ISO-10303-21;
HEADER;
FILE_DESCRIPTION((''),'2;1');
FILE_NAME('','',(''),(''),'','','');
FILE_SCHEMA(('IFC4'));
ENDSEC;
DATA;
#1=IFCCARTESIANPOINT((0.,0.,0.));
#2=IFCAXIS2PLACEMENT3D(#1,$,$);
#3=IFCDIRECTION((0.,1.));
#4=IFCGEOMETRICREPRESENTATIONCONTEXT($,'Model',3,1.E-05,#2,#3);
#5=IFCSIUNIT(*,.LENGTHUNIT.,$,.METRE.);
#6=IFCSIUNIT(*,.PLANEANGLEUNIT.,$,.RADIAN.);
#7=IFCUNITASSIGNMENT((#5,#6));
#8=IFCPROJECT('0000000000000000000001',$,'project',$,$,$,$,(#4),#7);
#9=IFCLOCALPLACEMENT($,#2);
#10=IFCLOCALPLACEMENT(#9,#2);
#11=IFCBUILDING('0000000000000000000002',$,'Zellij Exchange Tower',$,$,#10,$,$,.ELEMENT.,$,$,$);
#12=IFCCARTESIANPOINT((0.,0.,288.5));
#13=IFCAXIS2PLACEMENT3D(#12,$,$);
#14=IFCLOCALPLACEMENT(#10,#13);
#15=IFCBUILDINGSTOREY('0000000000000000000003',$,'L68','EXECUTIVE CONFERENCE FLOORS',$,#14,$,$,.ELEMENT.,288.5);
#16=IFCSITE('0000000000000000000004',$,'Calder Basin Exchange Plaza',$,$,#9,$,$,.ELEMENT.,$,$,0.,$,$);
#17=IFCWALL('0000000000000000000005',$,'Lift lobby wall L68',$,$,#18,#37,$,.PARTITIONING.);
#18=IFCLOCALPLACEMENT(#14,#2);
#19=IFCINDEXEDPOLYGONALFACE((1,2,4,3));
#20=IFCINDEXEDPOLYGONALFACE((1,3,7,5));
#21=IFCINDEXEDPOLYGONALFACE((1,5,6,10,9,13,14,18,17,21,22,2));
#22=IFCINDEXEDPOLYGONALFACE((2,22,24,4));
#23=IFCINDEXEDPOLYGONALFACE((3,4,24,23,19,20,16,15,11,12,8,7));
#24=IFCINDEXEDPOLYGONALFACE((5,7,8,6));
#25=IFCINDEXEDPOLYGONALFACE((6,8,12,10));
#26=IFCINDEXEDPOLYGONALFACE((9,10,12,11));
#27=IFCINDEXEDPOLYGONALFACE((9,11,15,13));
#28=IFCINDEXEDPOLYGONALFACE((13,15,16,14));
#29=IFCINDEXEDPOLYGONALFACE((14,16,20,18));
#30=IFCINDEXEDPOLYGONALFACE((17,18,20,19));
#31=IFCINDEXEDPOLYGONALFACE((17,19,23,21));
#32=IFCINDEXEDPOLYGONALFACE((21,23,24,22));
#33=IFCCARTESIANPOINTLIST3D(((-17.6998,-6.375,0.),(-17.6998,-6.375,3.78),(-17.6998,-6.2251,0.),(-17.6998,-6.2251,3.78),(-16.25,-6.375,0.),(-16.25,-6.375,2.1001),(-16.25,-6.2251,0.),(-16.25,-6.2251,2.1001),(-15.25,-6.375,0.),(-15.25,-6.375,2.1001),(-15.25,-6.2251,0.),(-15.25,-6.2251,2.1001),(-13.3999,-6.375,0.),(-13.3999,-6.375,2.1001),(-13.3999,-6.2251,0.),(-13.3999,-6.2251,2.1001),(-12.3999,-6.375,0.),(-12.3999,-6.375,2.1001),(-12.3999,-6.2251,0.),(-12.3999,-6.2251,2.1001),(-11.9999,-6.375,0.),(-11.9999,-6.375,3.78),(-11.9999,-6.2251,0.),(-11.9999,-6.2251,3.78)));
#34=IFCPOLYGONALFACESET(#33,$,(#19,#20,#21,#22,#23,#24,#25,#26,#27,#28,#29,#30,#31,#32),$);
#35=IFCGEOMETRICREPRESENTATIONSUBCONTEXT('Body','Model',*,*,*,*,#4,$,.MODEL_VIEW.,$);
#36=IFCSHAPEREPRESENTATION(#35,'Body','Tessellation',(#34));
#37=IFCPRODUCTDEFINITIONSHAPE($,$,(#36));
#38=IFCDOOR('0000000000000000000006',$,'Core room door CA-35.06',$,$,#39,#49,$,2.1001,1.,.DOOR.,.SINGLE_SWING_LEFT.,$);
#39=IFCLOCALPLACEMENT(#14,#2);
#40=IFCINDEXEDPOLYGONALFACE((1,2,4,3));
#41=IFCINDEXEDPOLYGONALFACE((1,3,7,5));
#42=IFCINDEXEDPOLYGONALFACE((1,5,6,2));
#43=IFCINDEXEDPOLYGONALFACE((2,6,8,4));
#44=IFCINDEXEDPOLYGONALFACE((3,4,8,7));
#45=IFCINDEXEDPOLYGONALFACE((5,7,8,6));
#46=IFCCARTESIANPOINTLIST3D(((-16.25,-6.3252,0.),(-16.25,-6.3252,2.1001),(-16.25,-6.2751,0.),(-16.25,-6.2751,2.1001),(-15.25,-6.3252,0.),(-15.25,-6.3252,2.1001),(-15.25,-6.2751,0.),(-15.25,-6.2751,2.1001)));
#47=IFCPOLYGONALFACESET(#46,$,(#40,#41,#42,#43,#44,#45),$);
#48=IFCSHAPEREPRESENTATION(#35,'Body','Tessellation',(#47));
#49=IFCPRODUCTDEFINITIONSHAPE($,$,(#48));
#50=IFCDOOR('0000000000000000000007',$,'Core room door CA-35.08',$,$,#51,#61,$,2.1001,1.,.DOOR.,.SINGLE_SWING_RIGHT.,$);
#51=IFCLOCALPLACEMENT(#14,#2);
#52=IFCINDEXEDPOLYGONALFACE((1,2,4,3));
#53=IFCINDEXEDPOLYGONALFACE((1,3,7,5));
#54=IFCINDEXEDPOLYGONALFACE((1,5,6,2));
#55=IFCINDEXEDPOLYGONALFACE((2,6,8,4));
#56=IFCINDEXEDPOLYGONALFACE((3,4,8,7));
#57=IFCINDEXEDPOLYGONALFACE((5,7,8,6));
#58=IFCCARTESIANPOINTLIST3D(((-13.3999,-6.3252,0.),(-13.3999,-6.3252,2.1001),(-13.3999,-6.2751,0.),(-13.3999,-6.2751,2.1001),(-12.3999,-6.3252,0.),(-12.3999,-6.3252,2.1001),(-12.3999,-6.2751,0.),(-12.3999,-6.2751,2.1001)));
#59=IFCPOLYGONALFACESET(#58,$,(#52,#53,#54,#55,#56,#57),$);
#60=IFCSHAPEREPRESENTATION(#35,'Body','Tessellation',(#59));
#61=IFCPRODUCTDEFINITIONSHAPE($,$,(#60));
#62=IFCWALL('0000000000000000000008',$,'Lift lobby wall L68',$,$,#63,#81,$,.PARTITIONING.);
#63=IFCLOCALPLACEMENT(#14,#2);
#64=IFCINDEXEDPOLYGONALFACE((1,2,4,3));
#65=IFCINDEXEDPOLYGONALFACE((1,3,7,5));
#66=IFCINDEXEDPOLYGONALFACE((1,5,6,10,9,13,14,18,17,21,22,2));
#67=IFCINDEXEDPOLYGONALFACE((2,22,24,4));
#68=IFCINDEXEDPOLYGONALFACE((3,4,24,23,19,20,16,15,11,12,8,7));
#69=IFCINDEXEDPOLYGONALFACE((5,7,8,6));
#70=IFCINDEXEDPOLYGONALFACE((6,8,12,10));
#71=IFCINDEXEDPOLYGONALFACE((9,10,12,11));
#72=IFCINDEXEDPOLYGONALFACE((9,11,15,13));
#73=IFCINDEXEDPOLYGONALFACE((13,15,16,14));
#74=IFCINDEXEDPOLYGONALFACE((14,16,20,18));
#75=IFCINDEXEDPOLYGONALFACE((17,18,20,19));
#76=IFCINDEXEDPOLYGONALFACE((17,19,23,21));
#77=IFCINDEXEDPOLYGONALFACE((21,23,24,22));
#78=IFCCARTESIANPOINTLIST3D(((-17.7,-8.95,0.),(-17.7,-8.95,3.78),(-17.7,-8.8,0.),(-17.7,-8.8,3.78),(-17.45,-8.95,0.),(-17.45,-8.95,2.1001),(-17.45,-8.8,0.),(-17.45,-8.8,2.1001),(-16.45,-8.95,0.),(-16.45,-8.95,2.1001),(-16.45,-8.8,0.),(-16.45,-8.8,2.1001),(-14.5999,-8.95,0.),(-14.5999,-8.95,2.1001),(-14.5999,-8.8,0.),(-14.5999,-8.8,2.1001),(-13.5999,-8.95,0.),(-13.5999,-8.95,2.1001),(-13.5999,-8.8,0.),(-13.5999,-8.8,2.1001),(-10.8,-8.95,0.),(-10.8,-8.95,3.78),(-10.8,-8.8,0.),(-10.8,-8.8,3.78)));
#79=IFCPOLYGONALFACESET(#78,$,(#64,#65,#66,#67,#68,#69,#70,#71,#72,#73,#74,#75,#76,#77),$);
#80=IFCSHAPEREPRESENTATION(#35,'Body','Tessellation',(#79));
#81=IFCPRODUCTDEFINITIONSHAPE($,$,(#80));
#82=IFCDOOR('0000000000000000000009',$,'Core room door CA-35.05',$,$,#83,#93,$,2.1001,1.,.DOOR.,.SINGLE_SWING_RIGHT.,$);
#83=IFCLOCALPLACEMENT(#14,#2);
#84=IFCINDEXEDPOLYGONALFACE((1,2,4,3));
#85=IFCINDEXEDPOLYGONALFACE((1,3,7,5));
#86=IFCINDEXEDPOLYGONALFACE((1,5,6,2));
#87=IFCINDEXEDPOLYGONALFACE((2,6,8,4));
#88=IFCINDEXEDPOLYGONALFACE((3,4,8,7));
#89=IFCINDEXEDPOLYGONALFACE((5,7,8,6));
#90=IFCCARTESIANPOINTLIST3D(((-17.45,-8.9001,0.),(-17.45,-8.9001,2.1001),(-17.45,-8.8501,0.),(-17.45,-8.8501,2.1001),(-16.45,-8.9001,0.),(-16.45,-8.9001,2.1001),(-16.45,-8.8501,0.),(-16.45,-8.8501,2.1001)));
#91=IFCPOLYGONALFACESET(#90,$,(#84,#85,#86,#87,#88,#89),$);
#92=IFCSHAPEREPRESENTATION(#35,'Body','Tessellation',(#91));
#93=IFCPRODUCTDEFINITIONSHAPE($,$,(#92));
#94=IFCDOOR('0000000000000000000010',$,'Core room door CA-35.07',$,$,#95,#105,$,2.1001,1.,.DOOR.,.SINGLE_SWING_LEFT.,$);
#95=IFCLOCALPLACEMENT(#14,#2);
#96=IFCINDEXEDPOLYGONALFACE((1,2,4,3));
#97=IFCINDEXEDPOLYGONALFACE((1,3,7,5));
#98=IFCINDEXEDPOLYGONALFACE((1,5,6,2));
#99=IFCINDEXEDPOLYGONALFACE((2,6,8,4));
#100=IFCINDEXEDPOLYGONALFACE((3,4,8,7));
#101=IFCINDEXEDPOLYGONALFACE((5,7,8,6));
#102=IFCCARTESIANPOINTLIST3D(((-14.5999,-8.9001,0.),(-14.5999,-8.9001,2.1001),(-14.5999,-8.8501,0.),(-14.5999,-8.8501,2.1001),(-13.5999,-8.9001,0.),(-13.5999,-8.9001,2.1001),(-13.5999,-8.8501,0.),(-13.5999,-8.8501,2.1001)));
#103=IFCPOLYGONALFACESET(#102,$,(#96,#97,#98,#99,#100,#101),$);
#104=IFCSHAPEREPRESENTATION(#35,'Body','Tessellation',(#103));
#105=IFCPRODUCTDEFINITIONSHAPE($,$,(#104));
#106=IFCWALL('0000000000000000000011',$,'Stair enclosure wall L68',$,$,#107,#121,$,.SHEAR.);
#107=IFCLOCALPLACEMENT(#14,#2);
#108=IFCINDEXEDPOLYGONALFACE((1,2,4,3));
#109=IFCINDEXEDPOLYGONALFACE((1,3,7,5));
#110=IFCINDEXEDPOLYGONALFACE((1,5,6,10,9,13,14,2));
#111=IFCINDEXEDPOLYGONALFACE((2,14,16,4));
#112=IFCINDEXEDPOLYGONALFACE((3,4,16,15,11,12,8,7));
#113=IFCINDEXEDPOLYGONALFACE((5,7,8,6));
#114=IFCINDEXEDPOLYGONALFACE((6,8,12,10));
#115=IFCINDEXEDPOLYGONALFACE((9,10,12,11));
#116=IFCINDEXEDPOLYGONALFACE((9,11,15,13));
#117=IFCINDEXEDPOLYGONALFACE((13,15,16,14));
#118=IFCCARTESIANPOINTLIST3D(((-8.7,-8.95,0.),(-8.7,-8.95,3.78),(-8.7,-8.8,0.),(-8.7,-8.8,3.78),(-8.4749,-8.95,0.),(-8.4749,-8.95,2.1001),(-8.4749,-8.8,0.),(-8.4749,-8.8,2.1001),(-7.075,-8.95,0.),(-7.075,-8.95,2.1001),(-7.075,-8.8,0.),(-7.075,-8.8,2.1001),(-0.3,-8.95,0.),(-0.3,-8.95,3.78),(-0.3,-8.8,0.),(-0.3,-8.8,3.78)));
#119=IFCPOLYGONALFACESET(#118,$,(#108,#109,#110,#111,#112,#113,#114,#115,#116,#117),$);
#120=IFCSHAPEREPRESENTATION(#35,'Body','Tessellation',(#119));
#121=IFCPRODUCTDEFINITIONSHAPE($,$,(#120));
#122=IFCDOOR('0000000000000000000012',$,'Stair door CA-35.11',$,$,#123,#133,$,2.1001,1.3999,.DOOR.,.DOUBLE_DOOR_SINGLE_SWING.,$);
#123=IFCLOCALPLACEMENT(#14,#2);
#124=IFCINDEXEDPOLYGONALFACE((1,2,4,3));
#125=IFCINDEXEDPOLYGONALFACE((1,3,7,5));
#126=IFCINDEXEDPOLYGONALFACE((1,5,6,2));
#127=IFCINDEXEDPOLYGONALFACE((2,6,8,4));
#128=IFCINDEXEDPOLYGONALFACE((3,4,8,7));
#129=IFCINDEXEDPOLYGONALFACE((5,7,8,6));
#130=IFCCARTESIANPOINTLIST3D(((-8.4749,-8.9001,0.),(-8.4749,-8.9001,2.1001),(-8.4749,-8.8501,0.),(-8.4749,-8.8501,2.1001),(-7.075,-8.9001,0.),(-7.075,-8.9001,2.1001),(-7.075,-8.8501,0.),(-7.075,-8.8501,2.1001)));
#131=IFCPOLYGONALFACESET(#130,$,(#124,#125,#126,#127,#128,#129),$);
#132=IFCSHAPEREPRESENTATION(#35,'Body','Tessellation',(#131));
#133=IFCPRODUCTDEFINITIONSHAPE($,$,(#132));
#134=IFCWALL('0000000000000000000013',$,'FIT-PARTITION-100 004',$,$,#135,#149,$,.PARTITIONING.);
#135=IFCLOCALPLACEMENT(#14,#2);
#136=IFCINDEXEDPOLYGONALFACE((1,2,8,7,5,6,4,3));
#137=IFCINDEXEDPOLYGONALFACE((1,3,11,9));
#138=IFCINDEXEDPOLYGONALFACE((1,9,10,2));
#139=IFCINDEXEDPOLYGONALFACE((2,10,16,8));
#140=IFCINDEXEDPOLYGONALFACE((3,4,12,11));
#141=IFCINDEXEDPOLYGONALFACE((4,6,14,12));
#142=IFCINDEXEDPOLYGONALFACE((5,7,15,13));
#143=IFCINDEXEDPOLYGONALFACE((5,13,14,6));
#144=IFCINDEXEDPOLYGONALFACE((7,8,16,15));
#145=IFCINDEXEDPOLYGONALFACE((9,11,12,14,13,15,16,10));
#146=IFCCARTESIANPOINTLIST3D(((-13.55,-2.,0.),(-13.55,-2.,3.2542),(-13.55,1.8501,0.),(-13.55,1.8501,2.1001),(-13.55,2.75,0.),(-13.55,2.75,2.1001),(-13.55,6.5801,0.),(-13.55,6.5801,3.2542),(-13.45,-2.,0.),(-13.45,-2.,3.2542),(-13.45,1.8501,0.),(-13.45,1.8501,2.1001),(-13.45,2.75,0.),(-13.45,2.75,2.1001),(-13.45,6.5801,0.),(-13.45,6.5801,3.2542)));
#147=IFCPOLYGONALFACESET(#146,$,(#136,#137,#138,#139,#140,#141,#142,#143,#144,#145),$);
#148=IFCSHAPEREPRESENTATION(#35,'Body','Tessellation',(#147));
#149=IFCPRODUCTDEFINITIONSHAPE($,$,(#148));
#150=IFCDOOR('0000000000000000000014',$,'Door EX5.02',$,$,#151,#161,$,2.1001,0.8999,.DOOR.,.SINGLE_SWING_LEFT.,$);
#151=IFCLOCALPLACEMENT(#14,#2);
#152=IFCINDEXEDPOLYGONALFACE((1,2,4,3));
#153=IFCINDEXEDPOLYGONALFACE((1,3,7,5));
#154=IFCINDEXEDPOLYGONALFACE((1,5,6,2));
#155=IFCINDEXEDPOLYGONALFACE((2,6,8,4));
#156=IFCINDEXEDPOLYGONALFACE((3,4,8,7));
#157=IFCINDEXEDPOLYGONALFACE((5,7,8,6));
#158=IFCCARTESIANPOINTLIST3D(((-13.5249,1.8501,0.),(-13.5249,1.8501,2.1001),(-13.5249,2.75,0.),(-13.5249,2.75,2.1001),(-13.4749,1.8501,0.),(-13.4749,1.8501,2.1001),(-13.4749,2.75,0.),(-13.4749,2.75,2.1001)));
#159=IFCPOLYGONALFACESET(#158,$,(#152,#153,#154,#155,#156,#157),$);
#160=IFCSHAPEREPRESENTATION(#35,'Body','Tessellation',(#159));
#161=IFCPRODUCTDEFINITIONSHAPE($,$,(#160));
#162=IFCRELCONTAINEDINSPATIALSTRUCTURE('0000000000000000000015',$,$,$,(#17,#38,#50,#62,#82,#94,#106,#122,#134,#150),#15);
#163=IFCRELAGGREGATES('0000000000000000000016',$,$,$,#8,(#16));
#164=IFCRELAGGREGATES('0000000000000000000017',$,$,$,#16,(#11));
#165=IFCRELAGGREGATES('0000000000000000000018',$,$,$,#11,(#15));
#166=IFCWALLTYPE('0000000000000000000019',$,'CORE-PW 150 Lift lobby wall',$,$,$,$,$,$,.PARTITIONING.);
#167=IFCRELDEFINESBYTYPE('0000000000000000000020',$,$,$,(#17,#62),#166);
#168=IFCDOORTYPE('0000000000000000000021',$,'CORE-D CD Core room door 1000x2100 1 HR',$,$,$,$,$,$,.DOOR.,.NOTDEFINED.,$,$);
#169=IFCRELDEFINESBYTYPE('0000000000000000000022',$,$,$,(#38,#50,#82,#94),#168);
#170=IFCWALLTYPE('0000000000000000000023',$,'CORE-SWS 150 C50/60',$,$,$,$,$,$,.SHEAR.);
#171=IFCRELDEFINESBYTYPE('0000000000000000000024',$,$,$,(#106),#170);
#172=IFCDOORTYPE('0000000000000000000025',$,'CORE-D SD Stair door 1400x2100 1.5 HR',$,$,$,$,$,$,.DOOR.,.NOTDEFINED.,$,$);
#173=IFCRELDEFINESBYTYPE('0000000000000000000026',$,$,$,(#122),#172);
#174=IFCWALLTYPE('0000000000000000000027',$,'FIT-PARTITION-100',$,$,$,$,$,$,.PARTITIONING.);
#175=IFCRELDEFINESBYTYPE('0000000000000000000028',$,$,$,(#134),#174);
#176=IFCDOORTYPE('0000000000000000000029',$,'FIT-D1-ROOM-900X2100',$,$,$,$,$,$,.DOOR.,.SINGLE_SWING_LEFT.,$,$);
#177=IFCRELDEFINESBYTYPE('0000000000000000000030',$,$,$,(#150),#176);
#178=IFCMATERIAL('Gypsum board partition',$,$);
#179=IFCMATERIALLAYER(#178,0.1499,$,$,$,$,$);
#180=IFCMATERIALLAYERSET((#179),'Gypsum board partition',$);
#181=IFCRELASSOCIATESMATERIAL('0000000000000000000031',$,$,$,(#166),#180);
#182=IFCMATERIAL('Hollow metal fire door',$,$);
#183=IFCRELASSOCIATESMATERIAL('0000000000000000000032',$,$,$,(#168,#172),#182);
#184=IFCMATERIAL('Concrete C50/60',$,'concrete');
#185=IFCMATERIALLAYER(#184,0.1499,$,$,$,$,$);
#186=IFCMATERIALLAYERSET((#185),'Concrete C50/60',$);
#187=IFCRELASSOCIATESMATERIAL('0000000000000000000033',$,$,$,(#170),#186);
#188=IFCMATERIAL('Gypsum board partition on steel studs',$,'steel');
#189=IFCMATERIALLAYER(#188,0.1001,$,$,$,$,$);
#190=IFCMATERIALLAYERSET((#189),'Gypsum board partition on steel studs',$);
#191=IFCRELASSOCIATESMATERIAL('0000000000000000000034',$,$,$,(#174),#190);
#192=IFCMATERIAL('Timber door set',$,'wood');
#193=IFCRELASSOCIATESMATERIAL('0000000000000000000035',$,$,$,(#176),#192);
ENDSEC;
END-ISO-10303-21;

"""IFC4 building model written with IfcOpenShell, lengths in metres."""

from ifc_helpers import new_model, si_unit, direction, frame, frame_2d, origin, place, context, subcontext, project, spatial, rectangle, extrude, material, layer, layer_set, type_object, element, fill, save


model = new_model("IFC4")

# Units and contexts
model_context = context("Model", 3, precision=1e-05, world=origin(), true_north=direction((0.0, 1.0)))
body_context = subcontext(model_context, "Body", "Model", "MODEL_VIEW")
ifc_project = project(units=[si_unit("LENGTHUNIT", "METRE"), si_unit("PLANEANGLEUNIT", "RADIAN")], contexts=[model_context])

# Site, building, storey
site_placement = place(None, origin())
site = spatial("IfcSite", under=ifc_project, at=site_placement, Name="Calder Basin Exchange Plaza", CompositionType="ELEMENT", RefElevation=0.0)
building_placement = place(site_placement, origin())
building = spatial("IfcBuilding", under=site, at=building_placement, Name="Zellij Exchange Tower", CompositionType="ELEMENT")
storey_placement = place(building_placement, frame((0.0, 0.0, 288.5)))
storey = spatial("IfcBuildingStorey", under=building, at=storey_placement, Name="L68", Description="EXECUTIVE CONFERENCE FLOORS", CompositionType="ELEMENT", Elevation=288.5)

# Shared definitions
ifc_material_1 = material(Name="Concrete C50/60", Category="concrete")

# Shared definitions
ifc_material_2 = material(Name="Gypsum board partition")
ifc_layer_1 = layer(ifc_material_2, 0.1499)
ifc_layer_set_1 = layer_set([ifc_layer_1], Name="Gypsum board partition")
wall_type_1 = type_object("IfcWallType", Name="CORE-PW 150 Lift lobby wall", PredefinedType="PARTITIONING", material=ifc_layer_set_1)

# Shared definitions
ifc_material_3 = material(Name="Hollow metal fire door")

# Walls, openings, doors
wall_1_placement = place(storey_placement, frame((-17.7, -6.3, 0.0), z_axis=(0.0, 0.0, 1.0), x_axis=(1.0, 0.0, 0.0)))
wall_1 = element("IfcWall", 1, at=wall_1_placement, inside=storey, type_object=wall_type_1, Name="Lift lobby wall L68", PredefinedType="PARTITIONING", context=body_context, shape_type="SweptSolid", body=[
    extrude(rectangle(XDim=5.7, YDim=0.1499, at=frame_2d((2.8501, 0.0))), origin(), (0.0, 0.0, 1.0), 3.78),
])
opening_1_placement = place(wall_1_placement, frame((1.45, 0.0, 0.0)))
opening_1 = element("IfcOpeningElement", 2, at=opening_1_placement, cuts=wall_1, PredefinedType="OPENING", context=body_context, shape_type="SweptSolid", body=[
    extrude(rectangle(XDim=1.0, YDim=2.1001, at=frame_2d((0.5, 1.05))), frame((0.0, 0.0869, 0.0), z_axis=(0.0, -1.0, 0.0), x_axis=(1.0, 0.0, 0.0)), (0.0, 0.0, 1.0), 0.1738),
])
opening_2_placement = place(wall_1_placement, frame((4.3, 0.0, 0.0)))
opening_2 = element("IfcOpeningElement", 3, at=opening_2_placement, cuts=wall_1, PredefinedType="OPENING", context=body_context, shape_type="SweptSolid", body=[
    extrude(rectangle(XDim=1.0, YDim=2.1001, at=frame_2d((0.5, 1.05))), frame((0.0, 0.0869, 0.0), z_axis=(0.0, -1.0, 0.0), x_axis=(1.0, 0.0, 0.0)), (0.0, 0.0, 1.0), 0.1738),
])
door_type_1 = type_object("IfcDoorType", Name="CORE-D CD Core room door 1000x2100 1 HR", OperationType="NOTDEFINED", PredefinedType="DOOR", material=ifc_material_3)
door_1_placement = place(opening_1_placement, origin())
door_1 = element("IfcDoor", 4, at=door_1_placement, inside=storey, type_object=door_type_1, Name="Core room door CA-35.06", OperationType="SINGLE_SWING_LEFT", OverallHeight=2.1001, OverallWidth=1.0, PredefinedType="DOOR", context=body_context, shape_type="SweptSolid", body=[
    extrude(rectangle(XDim=1.0, YDim=2.1001, at=frame_2d((0.5, 1.05))), frame((0.0, 0.0249, 0.0), z_axis=(0.0, -1.0, 0.0), x_axis=(1.0, 0.0, 0.0)), (0.0, 0.0, 1.0), 0.05),
])
fill(opening_1, door_1)
door_2_placement = place(opening_2_placement, origin())
door_2 = element("IfcDoor", 5, at=door_2_placement, inside=storey, type_object=door_type_1, Name="Core room door CA-35.08", OperationType="SINGLE_SWING_RIGHT", OverallHeight=2.1001, OverallWidth=1.0, PredefinedType="DOOR", context=body_context, shape_type="SweptSolid", body=[
    extrude(rectangle(XDim=1.0, YDim=2.1001, at=frame_2d((0.5, 1.05))), frame((0.0, 0.0249, 0.0), z_axis=(0.0, -1.0, 0.0), x_axis=(1.0, 0.0, 0.0)), (0.0, 0.0, 1.0), 0.05),
])
fill(opening_2, door_2)
wall_2_placement = place(storey_placement, frame((-17.7, -8.875, 0.0), z_axis=(0.0, 0.0, 1.0), x_axis=(1.0, 0.0, 0.0)))
wall_2 = element("IfcWall", 6, at=wall_2_placement, inside=storey, type_object=wall_type_1, Name="Lift lobby wall L68", PredefinedType="PARTITIONING", context=body_context, shape_type="SweptSolid", body=[
    extrude(rectangle(XDim=6.8999, YDim=0.1499, at=frame_2d((3.45, 0.0))), origin(), (0.0, 0.0, 1.0), 3.78),
])
opening_3_placement = place(wall_2_placement, frame((0.25, 0.0, 0.0)))
opening_3 = element("IfcOpeningElement", 7, at=opening_3_placement, cuts=wall_2, PredefinedType="OPENING", context=body_context, shape_type="SweptSolid", body=[
    extrude(rectangle(XDim=1.0, YDim=2.1001, at=frame_2d((0.5, 1.05))), frame((0.0, 0.0869, 0.0), z_axis=(0.0, -1.0, 0.0), x_axis=(1.0, 0.0, 0.0)), (0.0, 0.0, 1.0), 0.1738),
])
opening_4_placement = place(wall_2_placement, frame((3.1001, 0.0, 0.0)))
opening_4 = element("IfcOpeningElement", 8, at=opening_4_placement, cuts=wall_2, PredefinedType="OPENING", context=body_context, shape_type="SweptSolid", body=[
    extrude(rectangle(XDim=1.0, YDim=2.1001, at=frame_2d((0.5, 1.05))), frame((0.0, 0.0869, 0.0), z_axis=(0.0, -1.0, 0.0), x_axis=(1.0, 0.0, 0.0)), (0.0, 0.0, 1.0), 0.1738),
])
door_3_placement = place(opening_3_placement, origin())
door_3 = element("IfcDoor", 9, at=door_3_placement, inside=storey, type_object=door_type_1, Name="Core room door CA-35.05", OperationType="SINGLE_SWING_RIGHT", OverallHeight=2.1001, OverallWidth=1.0, PredefinedType="DOOR", context=body_context, shape_type="SweptSolid", body=[
    extrude(rectangle(XDim=1.0, YDim=2.1001, at=frame_2d((0.5, 1.05))), frame((0.0, 0.0249, 0.0), z_axis=(0.0, -1.0, 0.0), x_axis=(1.0, 0.0, 0.0)), (0.0, 0.0, 1.0), 0.05),
])
fill(opening_3, door_3)
door_4_placement = place(opening_4_placement, origin())
door_4 = element("IfcDoor", 10, at=door_4_placement, inside=storey, type_object=door_type_1, Name="Core room door CA-35.07", OperationType="SINGLE_SWING_LEFT", OverallHeight=2.1001, OverallWidth=1.0, PredefinedType="DOOR", context=body_context, shape_type="SweptSolid", body=[
    extrude(rectangle(XDim=1.0, YDim=2.1001, at=frame_2d((0.5, 1.05))), frame((0.0, 0.0249, 0.0), z_axis=(0.0, -1.0, 0.0), x_axis=(1.0, 0.0, 0.0)), (0.0, 0.0, 1.0), 0.05),
])
fill(opening_4, door_4)

# Walls, openings, doors
ifc_layer_2 = layer(ifc_material_1, 0.1499)
ifc_layer_set_2 = layer_set([ifc_layer_2], Name="Concrete C50/60")
wall_type_2 = type_object("IfcWallType", Name="CORE-SWS 150 C50/60", PredefinedType="SHEAR", material=ifc_layer_set_2)
wall_3_placement = place(storey_placement, frame((-8.7, -8.875, 0.0), z_axis=(0.0, 0.0, 1.0), x_axis=(1.0, 0.0, 0.0)))
wall_3 = element("IfcWall", 11, at=wall_3_placement, inside=storey, type_object=wall_type_2, Name="Stair enclosure wall L68", PredefinedType="SHEAR", context=body_context, shape_type="SweptSolid", body=[
    extrude(rectangle(XDim=8.3999, YDim=0.1499, at=frame_2d((4.2, 0.0))), origin(), (0.0, 0.0, 1.0), 3.78),
])
opening_5_placement = place(wall_3_placement, frame((0.2251, 0.0, 0.0)))
opening_5 = element("IfcOpeningElement", 12, at=opening_5_placement, cuts=wall_3, PredefinedType="OPENING", context=body_context, shape_type="SweptSolid", body=[
    extrude(rectangle(XDim=1.3999, YDim=2.1001, at=frame_2d((0.7, 1.05))), frame((0.0, 0.0869, 0.0), z_axis=(0.0, -1.0, 0.0), x_axis=(1.0, 0.0, 0.0)), (0.0, 0.0, 1.0), 0.1738),
])
door_type_2 = type_object("IfcDoorType", Name="CORE-D SD Stair door 1400x2100 1.5 HR", OperationType="NOTDEFINED", PredefinedType="DOOR", material=ifc_material_3)
door_5_placement = place(opening_5_placement, origin())
door_5 = element("IfcDoor", 13, at=door_5_placement, inside=storey, type_object=door_type_2, Name="Stair door CA-35.11", OperationType="DOUBLE_DOOR_SINGLE_SWING", OverallHeight=2.1001, OverallWidth=1.3999, PredefinedType="DOOR", context=body_context, shape_type="SweptSolid", body=[
    extrude(rectangle(XDim=1.3999, YDim=2.1001, at=frame_2d((0.7, 1.05))), frame((0.0, 0.0249, 0.0), z_axis=(0.0, -1.0, 0.0), x_axis=(1.0, 0.0, 0.0)), (0.0, 0.0, 1.0), 0.05),
])
fill(opening_5, door_5)
ifc_material_4 = material(Name="Gypsum board partition on steel studs", Category="steel")
ifc_layer_3 = layer(ifc_material_4, 0.1001)
ifc_layer_set_3 = layer_set([ifc_layer_3], Name="Gypsum board partition on steel studs")
wall_type_3 = type_object("IfcWallType", Name="FIT-PARTITION-100", PredefinedType="PARTITIONING", material=ifc_layer_set_3)
wall_4_placement = place(storey_placement, frame((-13.5, -2.0, 0.0), z_axis=(0.0, 0.0, 1.0), x_axis=(0.0, 1.0, 0.0)))
wall_4 = element("IfcWall", 14, at=wall_4_placement, inside=storey, type_object=wall_type_3, Name="FIT-PARTITION-100 004", PredefinedType="PARTITIONING", context=body_context, shape_type="SweptSolid", body=[
    extrude(rectangle(XDim=8.5801, YDim=0.1001, at=frame_2d((4.29, 0.0))), origin(), (0.0, 0.0, 1.0), 3.2542),
])
opening_6_placement = place(wall_4_placement, frame((3.8501, 0.0, 0.0)))
opening_6 = element("IfcOpeningElement", 15, at=opening_6_placement, cuts=wall_4, PredefinedType="OPENING", context=body_context, shape_type="SweptSolid", body=[
    extrude(rectangle(XDim=0.8999, YDim=2.1001, at=frame_2d((0.45, 1.05))), frame((0.0, 0.062, 0.0), z_axis=(0.0, -1.0, 0.0), x_axis=(1.0, 0.0, 0.0)), (0.0, 0.0, 1.0), 0.124),
])
ifc_material_5 = material(Name="Timber door set", Category="wood")
door_type_3 = type_object("IfcDoorType", Name="FIT-D1-ROOM-900X2100", OperationType="SINGLE_SWING_LEFT", PredefinedType="DOOR", material=ifc_material_5)
door_6_placement = place(opening_6_placement, origin())
door_6 = element("IfcDoor", 16, at=door_6_placement, inside=storey, type_object=door_type_3, Name="Door EX5.02", OperationType="SINGLE_SWING_LEFT", OverallHeight=2.1001, OverallWidth=0.8999, PredefinedType="DOOR", context=body_context, shape_type="SweptSolid", body=[
    extrude(rectangle(XDim=0.8999, YDim=2.1001, at=frame_2d((0.45, 1.05))), frame((0.0, 0.0249, 0.0), z_axis=(0.0, -1.0, 0.0), x_axis=(1.0, 0.0, 0.0)), (0.0, 0.0, 1.0), 0.05),
])
fill(opening_6, door_6)

save(model, "model.ifc")
